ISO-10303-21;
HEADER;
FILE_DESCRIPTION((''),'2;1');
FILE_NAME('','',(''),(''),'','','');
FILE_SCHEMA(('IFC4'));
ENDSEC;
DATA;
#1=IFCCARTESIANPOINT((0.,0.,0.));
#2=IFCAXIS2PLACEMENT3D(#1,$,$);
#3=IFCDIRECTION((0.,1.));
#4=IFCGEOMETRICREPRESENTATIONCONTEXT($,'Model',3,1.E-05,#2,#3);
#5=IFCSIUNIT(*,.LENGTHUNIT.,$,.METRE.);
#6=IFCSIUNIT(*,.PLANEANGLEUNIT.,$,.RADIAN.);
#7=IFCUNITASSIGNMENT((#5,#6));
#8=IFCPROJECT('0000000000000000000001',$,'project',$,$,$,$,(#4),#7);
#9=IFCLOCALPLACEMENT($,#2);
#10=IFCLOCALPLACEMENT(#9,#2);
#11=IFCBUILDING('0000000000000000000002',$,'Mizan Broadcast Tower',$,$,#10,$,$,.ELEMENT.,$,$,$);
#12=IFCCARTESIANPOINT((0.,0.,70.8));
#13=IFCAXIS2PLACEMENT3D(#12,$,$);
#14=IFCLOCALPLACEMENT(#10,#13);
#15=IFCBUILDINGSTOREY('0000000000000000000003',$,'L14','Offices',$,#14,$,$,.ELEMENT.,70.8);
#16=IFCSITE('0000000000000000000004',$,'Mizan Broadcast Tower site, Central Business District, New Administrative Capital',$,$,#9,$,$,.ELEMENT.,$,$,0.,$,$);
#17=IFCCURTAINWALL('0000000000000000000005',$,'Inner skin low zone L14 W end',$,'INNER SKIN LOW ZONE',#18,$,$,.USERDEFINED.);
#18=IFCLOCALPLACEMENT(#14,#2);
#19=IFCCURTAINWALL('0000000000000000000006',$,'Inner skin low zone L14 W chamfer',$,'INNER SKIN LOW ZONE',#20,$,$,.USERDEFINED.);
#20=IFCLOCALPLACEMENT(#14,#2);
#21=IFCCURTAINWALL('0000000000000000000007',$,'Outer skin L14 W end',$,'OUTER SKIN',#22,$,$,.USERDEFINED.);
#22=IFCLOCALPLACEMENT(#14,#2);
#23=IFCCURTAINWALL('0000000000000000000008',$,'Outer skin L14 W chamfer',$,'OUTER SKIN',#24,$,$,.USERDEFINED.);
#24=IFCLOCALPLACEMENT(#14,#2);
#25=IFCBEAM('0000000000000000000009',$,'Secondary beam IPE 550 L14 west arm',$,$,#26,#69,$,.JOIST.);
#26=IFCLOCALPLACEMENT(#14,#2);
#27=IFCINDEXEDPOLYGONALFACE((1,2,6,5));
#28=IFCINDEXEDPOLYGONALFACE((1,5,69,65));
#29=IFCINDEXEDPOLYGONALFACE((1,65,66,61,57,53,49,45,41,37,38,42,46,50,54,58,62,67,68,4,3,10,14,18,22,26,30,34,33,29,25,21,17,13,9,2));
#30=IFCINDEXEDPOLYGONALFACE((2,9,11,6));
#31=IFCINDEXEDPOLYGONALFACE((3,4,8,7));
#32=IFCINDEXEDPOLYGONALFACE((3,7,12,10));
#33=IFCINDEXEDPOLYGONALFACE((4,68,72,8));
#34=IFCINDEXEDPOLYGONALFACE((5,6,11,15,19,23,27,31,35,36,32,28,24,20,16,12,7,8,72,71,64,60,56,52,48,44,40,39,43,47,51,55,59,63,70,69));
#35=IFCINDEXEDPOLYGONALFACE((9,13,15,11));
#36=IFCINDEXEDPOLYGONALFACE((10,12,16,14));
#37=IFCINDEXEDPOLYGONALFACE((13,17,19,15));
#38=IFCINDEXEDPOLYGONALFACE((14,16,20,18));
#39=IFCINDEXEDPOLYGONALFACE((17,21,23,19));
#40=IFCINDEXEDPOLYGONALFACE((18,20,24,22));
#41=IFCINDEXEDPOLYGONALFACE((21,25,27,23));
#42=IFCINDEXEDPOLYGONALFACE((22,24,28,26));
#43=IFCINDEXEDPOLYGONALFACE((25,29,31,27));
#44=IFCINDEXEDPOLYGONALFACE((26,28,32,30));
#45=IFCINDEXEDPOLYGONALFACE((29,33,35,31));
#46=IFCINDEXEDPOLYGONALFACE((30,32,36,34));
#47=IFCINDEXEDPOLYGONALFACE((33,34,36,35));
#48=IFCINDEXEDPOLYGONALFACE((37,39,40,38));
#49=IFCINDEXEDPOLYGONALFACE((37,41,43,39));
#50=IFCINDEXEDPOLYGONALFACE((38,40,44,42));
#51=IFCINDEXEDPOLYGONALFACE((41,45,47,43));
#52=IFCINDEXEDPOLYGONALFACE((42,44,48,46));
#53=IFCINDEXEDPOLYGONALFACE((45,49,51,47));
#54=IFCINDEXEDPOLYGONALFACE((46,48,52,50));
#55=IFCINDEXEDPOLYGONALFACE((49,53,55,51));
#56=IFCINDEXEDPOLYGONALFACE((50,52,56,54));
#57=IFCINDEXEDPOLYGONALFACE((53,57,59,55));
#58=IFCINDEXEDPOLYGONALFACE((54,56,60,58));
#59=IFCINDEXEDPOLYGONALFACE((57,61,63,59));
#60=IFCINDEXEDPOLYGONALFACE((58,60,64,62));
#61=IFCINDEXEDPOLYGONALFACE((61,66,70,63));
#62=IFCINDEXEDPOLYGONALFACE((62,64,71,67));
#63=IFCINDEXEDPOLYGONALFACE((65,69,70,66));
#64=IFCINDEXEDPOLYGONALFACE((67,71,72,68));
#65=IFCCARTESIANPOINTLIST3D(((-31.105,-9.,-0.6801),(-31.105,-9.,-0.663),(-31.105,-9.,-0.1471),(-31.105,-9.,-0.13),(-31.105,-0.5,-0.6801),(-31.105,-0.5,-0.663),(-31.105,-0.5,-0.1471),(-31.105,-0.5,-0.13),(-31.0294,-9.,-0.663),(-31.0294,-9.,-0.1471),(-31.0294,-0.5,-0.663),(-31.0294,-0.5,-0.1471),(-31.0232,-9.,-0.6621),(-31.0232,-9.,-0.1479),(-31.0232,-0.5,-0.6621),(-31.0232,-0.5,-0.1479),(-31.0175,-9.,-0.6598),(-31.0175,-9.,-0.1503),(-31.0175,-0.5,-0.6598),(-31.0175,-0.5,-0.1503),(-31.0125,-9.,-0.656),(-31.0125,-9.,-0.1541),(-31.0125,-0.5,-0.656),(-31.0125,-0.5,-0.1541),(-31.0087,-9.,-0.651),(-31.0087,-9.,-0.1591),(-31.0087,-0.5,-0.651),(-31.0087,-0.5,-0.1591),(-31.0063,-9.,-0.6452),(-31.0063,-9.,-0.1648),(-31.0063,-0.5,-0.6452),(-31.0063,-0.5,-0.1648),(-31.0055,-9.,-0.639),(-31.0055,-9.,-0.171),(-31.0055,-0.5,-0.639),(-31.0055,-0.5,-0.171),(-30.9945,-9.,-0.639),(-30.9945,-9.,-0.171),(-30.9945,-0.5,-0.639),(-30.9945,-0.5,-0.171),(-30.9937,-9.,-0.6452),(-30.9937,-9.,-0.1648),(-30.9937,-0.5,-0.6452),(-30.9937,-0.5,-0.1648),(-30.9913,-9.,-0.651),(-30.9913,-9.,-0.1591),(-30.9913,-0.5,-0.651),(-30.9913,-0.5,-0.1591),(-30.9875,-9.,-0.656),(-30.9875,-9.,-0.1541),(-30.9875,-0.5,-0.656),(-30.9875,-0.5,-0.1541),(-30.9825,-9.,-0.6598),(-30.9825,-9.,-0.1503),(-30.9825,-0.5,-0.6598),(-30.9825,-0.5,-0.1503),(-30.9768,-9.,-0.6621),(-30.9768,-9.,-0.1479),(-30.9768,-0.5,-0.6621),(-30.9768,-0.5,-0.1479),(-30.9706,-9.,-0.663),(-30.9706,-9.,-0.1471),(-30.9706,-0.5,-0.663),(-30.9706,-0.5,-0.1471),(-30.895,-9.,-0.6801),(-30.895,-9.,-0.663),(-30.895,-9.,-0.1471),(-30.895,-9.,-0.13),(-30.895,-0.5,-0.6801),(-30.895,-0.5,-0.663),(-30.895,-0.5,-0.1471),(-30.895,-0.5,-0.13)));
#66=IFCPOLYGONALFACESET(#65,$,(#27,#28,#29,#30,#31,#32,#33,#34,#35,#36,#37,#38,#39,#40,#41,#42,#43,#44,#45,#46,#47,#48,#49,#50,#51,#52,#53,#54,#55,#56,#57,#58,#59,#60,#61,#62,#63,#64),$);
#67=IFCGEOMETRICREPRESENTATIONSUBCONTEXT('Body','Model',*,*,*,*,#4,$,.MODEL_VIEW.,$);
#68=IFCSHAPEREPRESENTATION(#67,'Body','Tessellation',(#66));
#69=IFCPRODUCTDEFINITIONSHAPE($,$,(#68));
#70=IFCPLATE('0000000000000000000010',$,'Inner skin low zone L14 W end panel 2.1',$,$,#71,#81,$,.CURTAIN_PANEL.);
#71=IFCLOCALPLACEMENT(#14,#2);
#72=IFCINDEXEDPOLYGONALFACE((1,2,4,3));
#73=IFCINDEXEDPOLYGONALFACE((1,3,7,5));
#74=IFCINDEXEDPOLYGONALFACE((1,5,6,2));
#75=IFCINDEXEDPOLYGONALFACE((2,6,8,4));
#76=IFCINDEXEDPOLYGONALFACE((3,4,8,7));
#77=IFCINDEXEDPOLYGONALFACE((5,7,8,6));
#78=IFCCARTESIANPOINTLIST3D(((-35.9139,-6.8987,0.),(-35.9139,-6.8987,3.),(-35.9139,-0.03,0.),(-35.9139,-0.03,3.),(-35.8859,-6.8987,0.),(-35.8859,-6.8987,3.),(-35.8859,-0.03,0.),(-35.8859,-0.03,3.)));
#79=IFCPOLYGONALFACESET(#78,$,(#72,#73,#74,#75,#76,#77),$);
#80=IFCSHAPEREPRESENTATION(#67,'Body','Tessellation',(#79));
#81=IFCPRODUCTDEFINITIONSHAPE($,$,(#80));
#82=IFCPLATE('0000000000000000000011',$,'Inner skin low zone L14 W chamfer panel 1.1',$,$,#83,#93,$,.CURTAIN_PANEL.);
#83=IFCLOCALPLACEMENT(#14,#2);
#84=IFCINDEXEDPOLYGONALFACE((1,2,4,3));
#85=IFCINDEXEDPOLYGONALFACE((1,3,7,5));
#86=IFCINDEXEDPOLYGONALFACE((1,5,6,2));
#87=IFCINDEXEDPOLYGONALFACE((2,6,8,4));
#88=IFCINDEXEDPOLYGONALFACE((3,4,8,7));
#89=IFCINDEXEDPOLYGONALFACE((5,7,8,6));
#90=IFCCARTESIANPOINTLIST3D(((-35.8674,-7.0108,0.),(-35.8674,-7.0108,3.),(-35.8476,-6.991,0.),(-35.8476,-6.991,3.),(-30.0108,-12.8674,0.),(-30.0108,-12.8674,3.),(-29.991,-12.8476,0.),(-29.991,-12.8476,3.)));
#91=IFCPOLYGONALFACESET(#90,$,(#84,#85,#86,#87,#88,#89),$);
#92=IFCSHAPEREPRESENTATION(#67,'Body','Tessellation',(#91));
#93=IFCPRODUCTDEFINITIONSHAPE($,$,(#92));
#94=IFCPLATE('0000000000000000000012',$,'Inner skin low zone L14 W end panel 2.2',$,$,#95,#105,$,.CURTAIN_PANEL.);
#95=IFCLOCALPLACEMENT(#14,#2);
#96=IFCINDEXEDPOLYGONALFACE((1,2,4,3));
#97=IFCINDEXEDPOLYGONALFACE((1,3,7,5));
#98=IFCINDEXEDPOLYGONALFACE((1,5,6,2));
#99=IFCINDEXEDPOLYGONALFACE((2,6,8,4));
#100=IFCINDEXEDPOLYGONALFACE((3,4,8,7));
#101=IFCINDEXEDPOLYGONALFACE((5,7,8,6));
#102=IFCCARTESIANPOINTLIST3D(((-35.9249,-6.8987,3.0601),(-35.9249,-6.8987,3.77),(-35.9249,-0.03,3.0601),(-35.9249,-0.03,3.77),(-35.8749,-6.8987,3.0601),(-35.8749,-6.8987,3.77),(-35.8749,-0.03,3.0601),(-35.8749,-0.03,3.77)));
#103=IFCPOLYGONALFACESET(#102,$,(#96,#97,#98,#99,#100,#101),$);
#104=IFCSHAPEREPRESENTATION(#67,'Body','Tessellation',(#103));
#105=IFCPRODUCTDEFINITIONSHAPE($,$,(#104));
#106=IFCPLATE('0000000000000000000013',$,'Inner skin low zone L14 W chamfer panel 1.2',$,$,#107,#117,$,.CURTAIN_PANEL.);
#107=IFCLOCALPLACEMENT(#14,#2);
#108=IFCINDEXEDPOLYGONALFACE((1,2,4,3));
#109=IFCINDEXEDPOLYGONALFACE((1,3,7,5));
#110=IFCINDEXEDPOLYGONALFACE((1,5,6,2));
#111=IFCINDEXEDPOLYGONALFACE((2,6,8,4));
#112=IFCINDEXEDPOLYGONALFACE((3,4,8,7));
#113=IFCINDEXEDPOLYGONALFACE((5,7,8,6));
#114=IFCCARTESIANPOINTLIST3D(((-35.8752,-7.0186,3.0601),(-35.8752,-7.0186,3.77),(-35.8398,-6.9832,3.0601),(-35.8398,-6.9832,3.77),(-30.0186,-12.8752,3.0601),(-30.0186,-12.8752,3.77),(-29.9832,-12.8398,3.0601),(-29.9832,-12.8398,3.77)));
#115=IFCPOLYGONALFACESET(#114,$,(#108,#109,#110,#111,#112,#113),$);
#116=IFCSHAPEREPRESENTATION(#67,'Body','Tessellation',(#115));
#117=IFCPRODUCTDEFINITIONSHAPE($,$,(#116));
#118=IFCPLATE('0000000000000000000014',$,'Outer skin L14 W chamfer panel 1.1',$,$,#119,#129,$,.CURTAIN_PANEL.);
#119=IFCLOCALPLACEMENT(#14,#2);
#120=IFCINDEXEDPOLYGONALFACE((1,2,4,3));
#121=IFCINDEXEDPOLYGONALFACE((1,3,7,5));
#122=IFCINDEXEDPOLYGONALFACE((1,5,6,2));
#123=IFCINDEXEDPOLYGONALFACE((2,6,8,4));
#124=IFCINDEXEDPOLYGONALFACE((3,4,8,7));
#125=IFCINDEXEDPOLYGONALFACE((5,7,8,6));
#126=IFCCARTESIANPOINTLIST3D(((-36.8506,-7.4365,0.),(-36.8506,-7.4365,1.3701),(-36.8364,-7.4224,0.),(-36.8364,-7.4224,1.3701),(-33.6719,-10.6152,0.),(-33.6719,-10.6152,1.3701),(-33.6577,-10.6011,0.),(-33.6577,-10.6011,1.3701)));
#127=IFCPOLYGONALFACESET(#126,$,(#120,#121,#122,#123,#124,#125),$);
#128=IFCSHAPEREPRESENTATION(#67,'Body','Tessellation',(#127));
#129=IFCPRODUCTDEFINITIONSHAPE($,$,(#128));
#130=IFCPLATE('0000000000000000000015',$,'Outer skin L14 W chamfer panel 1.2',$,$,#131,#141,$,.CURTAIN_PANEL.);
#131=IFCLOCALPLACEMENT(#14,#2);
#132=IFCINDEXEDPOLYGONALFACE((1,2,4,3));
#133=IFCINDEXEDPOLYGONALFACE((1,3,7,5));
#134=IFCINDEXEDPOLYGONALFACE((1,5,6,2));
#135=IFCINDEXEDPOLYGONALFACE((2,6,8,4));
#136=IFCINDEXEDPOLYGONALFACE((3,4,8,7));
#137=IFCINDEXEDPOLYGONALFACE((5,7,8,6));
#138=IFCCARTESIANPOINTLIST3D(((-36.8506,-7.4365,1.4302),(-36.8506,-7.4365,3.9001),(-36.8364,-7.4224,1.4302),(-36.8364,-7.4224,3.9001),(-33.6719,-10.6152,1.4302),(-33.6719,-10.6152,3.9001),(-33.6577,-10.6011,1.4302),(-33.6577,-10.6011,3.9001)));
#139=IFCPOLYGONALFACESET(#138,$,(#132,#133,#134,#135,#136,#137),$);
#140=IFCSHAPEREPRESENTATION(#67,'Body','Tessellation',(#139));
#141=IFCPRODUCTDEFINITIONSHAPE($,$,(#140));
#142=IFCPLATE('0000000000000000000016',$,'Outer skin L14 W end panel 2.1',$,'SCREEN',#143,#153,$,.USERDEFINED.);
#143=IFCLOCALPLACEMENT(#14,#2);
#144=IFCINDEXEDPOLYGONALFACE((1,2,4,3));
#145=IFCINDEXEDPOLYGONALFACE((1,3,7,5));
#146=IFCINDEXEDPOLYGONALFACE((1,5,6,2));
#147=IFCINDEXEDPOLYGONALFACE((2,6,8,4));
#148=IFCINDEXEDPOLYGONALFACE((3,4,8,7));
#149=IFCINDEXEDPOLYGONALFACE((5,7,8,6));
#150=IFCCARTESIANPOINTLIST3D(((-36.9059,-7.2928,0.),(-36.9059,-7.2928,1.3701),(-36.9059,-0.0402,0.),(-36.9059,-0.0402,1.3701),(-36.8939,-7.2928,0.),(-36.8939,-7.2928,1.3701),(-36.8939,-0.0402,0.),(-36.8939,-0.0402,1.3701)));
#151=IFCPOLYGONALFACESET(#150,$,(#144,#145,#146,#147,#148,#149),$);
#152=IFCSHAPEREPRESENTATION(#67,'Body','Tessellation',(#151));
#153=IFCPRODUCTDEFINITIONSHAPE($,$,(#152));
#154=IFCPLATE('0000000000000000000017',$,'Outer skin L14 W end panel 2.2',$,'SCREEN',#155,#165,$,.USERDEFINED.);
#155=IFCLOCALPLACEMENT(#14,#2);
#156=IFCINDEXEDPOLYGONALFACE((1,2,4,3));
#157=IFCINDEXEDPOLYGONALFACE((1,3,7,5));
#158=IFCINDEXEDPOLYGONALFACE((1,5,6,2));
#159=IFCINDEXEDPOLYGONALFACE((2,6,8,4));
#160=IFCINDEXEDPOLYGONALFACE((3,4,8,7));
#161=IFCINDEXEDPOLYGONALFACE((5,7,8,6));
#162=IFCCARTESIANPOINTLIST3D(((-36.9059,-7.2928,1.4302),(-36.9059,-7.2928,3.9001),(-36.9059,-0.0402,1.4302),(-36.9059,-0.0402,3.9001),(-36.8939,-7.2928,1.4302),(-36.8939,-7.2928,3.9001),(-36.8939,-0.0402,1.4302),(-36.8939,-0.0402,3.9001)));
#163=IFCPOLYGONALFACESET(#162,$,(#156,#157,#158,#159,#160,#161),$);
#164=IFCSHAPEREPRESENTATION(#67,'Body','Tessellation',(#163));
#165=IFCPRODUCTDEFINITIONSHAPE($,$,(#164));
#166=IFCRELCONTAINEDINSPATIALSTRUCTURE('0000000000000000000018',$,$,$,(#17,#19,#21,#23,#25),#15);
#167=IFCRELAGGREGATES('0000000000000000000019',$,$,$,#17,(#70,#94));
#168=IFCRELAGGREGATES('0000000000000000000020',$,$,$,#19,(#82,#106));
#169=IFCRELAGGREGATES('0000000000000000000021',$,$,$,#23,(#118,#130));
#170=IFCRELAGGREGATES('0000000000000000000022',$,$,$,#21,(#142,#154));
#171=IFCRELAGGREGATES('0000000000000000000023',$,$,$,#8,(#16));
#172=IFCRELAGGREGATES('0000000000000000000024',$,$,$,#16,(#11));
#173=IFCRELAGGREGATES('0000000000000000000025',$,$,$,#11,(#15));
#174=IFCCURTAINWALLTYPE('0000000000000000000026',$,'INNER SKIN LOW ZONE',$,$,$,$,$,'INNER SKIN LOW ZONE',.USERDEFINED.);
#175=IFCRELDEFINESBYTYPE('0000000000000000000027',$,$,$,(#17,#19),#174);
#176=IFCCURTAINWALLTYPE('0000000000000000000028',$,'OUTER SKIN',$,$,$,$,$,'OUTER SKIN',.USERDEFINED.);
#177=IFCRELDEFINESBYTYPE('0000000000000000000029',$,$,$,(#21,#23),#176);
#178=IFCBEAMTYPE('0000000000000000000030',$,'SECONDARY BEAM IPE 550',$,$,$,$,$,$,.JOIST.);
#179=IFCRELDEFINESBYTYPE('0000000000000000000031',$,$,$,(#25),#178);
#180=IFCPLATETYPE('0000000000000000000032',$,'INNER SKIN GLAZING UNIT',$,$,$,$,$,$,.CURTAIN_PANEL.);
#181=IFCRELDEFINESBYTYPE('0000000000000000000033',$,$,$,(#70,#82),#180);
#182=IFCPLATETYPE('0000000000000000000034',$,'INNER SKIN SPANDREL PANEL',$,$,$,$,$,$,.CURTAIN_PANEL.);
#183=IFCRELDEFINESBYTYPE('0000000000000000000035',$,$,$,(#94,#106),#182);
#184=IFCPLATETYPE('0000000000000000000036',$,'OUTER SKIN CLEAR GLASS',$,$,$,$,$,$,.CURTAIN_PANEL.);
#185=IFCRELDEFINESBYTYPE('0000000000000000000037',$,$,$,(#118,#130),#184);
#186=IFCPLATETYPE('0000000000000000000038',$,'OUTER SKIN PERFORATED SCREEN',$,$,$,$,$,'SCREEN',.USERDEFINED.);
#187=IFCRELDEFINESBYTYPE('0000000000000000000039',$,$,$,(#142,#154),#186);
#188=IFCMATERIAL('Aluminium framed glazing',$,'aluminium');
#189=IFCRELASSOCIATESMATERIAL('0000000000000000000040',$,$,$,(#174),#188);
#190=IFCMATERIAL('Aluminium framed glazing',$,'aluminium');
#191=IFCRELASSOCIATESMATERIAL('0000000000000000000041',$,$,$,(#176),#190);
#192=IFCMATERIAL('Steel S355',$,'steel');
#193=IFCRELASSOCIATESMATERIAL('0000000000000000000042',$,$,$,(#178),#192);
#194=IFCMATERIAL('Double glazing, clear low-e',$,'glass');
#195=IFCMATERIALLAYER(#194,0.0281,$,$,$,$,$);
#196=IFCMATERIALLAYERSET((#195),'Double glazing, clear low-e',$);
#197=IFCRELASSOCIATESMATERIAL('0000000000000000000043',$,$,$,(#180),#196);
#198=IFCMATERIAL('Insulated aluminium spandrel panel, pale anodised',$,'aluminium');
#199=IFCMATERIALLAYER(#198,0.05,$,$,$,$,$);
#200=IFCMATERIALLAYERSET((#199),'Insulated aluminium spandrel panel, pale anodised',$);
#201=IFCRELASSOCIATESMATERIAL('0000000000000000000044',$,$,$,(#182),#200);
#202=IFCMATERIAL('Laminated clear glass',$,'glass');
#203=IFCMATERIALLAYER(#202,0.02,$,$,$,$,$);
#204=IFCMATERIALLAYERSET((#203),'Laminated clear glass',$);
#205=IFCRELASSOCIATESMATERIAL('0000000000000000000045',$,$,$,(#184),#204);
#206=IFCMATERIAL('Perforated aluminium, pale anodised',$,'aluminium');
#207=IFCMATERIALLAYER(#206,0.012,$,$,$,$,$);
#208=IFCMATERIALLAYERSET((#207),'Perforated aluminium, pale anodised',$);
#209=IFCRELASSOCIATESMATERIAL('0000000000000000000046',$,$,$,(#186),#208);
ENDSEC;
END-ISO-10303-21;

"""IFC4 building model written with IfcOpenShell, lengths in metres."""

from ifc_helpers import new_model, si_unit, direction, frame, origin, origin_2d, place, context, subcontext, project, spatial, rectangle, i_section, extrude, material, layer, layer_set, material_profile, profile_set, type_object, element, aggregate, save


model = new_model("IFC4")

# Units and contexts
model_context = context("Model", 3, precision=1e-05, world=origin(), true_north=direction((0.0, 1.0)))
body_context = subcontext(model_context, "Body", "Model", "MODEL_VIEW")
ifc_project = project(units=[si_unit("LENGTHUNIT", "METRE"), si_unit("PLANEANGLEUNIT", "RADIAN")], contexts=[model_context])

# Site, building, storey
site_placement = place(None, origin())
site = spatial("IfcSite", under=ifc_project, at=site_placement, Name="Mizan Broadcast Tower site, Central Business District, New Administrative Capital", CompositionType="ELEMENT", RefElevation=0.0)
building_placement = place(site_placement, origin())
building = spatial("IfcBuilding", under=site, at=building_placement, Name="Mizan Broadcast Tower", CompositionType="ELEMENT")
storey_placement = place(building_placement, frame((0.0, 0.0, 70.8)))
storey = spatial("IfcBuildingStorey", under=building, at=storey_placement, Name="L14", Description="Offices", CompositionType="ELEMENT", Elevation=70.8)

# Curtain wall
ifc_material_1 = material(Name="Aluminium framed glazing", Category="aluminium")
curtain_wall_type_1 = type_object("IfcCurtainWallType", Name="INNER SKIN LOW ZONE", ElementType="INNER SKIN LOW ZONE", PredefinedType="USERDEFINED", material=ifc_material_1)
curtain_wall_1_placement = place(storey_placement, origin())
curtain_wall_1 = element("IfcCurtainWall", 1, at=curtain_wall_1_placement, inside=storey, type_object=curtain_wall_type_1, Name="Inner skin low zone L14 W end", ObjectType="INNER SKIN LOW ZONE", PredefinedType="USERDEFINED")

# Curtain wall
curtain_wall_2_placement = place(storey_placement, origin())
curtain_wall_2 = element("IfcCurtainWall", 2, at=curtain_wall_2_placement, inside=storey, type_object=curtain_wall_type_1, Name="Inner skin low zone L14 W chamfer", ObjectType="INNER SKIN LOW ZONE", PredefinedType="USERDEFINED")

# Curtain wall
ifc_material_2 = material(Name="Aluminium framed glazing", Category="aluminium")
curtain_wall_type_2 = type_object("IfcCurtainWallType", Name="OUTER SKIN", ElementType="OUTER SKIN", PredefinedType="USERDEFINED", material=ifc_material_2)
curtain_wall_3_placement = place(storey_placement, origin())
curtain_wall_3 = element("IfcCurtainWall", 3, at=curtain_wall_3_placement, inside=storey, type_object=curtain_wall_type_2, Name="Outer skin L14 W end", ObjectType="OUTER SKIN", PredefinedType="USERDEFINED")

# Curtain wall
curtain_wall_4_placement = place(storey_placement, origin())
curtain_wall_4 = element("IfcCurtainWall", 4, at=curtain_wall_4_placement, inside=storey, type_object=curtain_wall_type_2, Name="Outer skin L14 W chamfer", ObjectType="OUTER SKIN", PredefinedType="USERDEFINED")

# Beam
ifc_material_3 = material(Name="Steel S355", Category="steel")
ifc_material_profile_1 = material_profile(ifc_material_3, i_section(OverallWidth=0.21, OverallDepth=0.55, WebThickness=0.011, FlangeThickness=0.0171, FilletRadius=0.0239, at=origin_2d()), Name="IPE 550")
ifc_profile_set_1 = profile_set([ifc_material_profile_1], Name="Steel S355")
beam_type_1 = type_object("IfcBeamType", Name="SECONDARY BEAM IPE 550", PredefinedType="JOIST", material=ifc_profile_set_1)
beam_1_placement = place(storey_placement, frame((-31.0, -9.0, -0.405), z_axis=(0.0, 1.0, 0.0), x_axis=(-1.0, 0.0, 0.0)))
element("IfcBeam", 5, at=beam_1_placement, inside=storey, type_object=beam_type_1, Name="Secondary beam IPE 550 L14 west arm", PredefinedType="JOIST", context=body_context, shape_type="SweptSolid", body=[
    extrude(i_section(OverallWidth=0.21, OverallDepth=0.55, WebThickness=0.011, FlangeThickness=0.0171, FilletRadius=0.0239, at=origin_2d()), origin(), (0.0, 0.0, 1.0), 8.5),
])

# Plates
ifc_material_4 = material(Name="Double glazing, clear low-e", Category="glass")
ifc_layer_1 = layer(ifc_material_4, 0.0281)
ifc_layer_set_1 = layer_set([ifc_layer_1], Name="Double glazing, clear low-e")
plate_type_1 = type_object("IfcPlateType", Name="INNER SKIN GLAZING UNIT", PredefinedType="CURTAIN_PANEL", material=ifc_layer_set_1)
plate_1_placement = place(storey_placement, frame((-35.8999, -3.4644, 0.0), z_axis=(0.0, 0.0, 1.0), x_axis=(0.0, -1.0, 0.0)))
plate_1 = element("IfcPlate", 6, at=plate_1_placement, type_object=plate_type_1, Name="Inner skin low zone L14 W end panel 2.1", PredefinedType="CURTAIN_PANEL", context=body_context, shape_type="SweptSolid", body=[
    extrude(rectangle(XDim=6.8687, YDim=0.0281, at=origin_2d()), origin(), (0.0, 0.0, 1.0), 3.0),
])
plate_2_placement = place(storey_placement, frame((-32.9292, -9.9292, 0.0), z_axis=(0.0, 0.0, 1.0), x_axis=(0.707107, -0.707107, 0.0)))
plate_2 = element("IfcPlate", 7, at=plate_2_placement, type_object=plate_type_1, Name="Inner skin low zone L14 W chamfer panel 1.1", PredefinedType="CURTAIN_PANEL", context=body_context, shape_type="SweptSolid", body=[
    extrude(rectangle(XDim=8.2825, YDim=0.0281, at=origin_2d()), origin(), (0.0, 0.0, 1.0), 3.0),
])
ifc_material_5 = material(Name="Insulated aluminium spandrel panel, pale anodised", Category="aluminium")
ifc_layer_2 = layer(ifc_material_5, 0.05)
ifc_layer_set_2 = layer_set([ifc_layer_2], Name="Insulated aluminium spandrel panel, pale anodised")
plate_type_2 = type_object("IfcPlateType", Name="INNER SKIN SPANDREL PANEL", PredefinedType="CURTAIN_PANEL", material=ifc_layer_set_2)
plate_3_placement = place(storey_placement, frame((-35.8999, -3.4644, 3.0601), z_axis=(0.0, 0.0, 1.0), x_axis=(0.0, -1.0, 0.0)))
plate_3 = element("IfcPlate", 8, at=plate_3_placement, type_object=plate_type_2, Name="Inner skin low zone L14 W end panel 2.2", PredefinedType="CURTAIN_PANEL", context=body_context, shape_type="SweptSolid", body=[
    extrude(rectangle(XDim=6.8687, YDim=0.05, at=origin_2d()), origin(), (0.0, 0.0, 1.0), 0.71),
])
aggregate(curtain_wall_1, [plate_1, plate_3])
plate_4_placement = place(storey_placement, frame((-32.9292, -9.9292, 3.0601), z_axis=(0.0, 0.0, 1.0), x_axis=(0.707107, -0.707107, 0.0)))
plate_4 = element("IfcPlate", 9, at=plate_4_placement, type_object=plate_type_2, Name="Inner skin low zone L14 W chamfer panel 1.2", PredefinedType="CURTAIN_PANEL", context=body_context, shape_type="SweptSolid", body=[
    extrude(rectangle(XDim=8.2825, YDim=0.05, at=origin_2d()), origin(), (0.0, 0.0, 1.0), 0.71),
])
aggregate(curtain_wall_2, [plate_2, plate_4])
ifc_material_6 = material(Name="Laminated clear glass", Category="glass")
ifc_layer_3 = layer(ifc_material_6, 0.02)
ifc_layer_set_3 = layer_set([ifc_layer_3], Name="Laminated clear glass")
plate_type_3 = type_object("IfcPlateType", Name="OUTER SKIN CLEAR GLASS", PredefinedType="CURTAIN_PANEL", material=ifc_layer_set_3)
plate_5_placement = place(storey_placement, frame((-35.2542, -9.0188, 0.0), z_axis=(0.0, 0.0, 1.0), x_axis=(0.707107, -0.707107, 0.0)))
plate_5 = element("IfcPlate", 10, at=plate_5_placement, type_object=plate_type_3, Name="Outer skin L14 W chamfer panel 1.1", PredefinedType="CURTAIN_PANEL", context=body_context, shape_type="SweptSolid", body=[
    extrude(rectangle(XDim=4.4954, YDim=0.02, at=origin_2d()), origin(), (0.0, 0.0, 1.0), 1.3701),
])
plate_6_placement = place(storey_placement, frame((-35.2542, -9.0188, 1.4302), z_axis=(0.0, 0.0, 1.0), x_axis=(0.707107, -0.707107, 0.0)))
plate_6 = element("IfcPlate", 11, at=plate_6_placement, type_object=plate_type_3, Name="Outer skin L14 W chamfer panel 1.2", PredefinedType="CURTAIN_PANEL", context=body_context, shape_type="SweptSolid", body=[
    extrude(rectangle(XDim=4.4954, YDim=0.02, at=origin_2d()), origin(), (0.0, 0.0, 1.0), 2.47),
])
aggregate(curtain_wall_4, [plate_5, plate_6])
ifc_material_7 = material(Name="Perforated aluminium, pale anodised", Category="aluminium")
ifc_layer_4 = layer(ifc_material_7, 0.012)
ifc_layer_set_4 = layer_set([ifc_layer_4], Name="Perforated aluminium, pale anodised")
plate_type_4 = type_object("IfcPlateType", Name="OUTER SKIN PERFORATED SCREEN", ElementType="SCREEN", PredefinedType="USERDEFINED", material=ifc_layer_set_4)
plate_7_placement = place(storey_placement, frame((-36.8999, -3.6665, 0.0), z_axis=(0.0, 0.0, 1.0), x_axis=(0.0, -1.0, 0.0)))
plate_7 = element("IfcPlate", 12, at=plate_7_placement, type_object=plate_type_4, Name="Outer skin L14 W end panel 2.1", ObjectType="SCREEN", PredefinedType="USERDEFINED", context=body_context, shape_type="SweptSolid", body=[
    extrude(rectangle(XDim=7.2527, YDim=0.012, at=origin_2d()), origin(), (0.0, 0.0, 1.0), 1.3701),
])
plate_8_placement = place(storey_placement, frame((-36.8999, -3.6665, 1.4302), z_axis=(0.0, 0.0, 1.0), x_axis=(0.0, -1.0, 0.0)))
plate_8 = element("IfcPlate", 13, at=plate_8_placement, type_object=plate_type_4, Name="Outer skin L14 W end panel 2.2", ObjectType="SCREEN", PredefinedType="USERDEFINED", context=body_context, shape_type="SweptSolid", body=[
    extrude(rectangle(XDim=7.2527, YDim=0.012, at=origin_2d()), origin(), (0.0, 0.0, 1.0), 2.47),
])
aggregate(curtain_wall_3, [plate_7, plate_8])

save(model, "model.ifc")
